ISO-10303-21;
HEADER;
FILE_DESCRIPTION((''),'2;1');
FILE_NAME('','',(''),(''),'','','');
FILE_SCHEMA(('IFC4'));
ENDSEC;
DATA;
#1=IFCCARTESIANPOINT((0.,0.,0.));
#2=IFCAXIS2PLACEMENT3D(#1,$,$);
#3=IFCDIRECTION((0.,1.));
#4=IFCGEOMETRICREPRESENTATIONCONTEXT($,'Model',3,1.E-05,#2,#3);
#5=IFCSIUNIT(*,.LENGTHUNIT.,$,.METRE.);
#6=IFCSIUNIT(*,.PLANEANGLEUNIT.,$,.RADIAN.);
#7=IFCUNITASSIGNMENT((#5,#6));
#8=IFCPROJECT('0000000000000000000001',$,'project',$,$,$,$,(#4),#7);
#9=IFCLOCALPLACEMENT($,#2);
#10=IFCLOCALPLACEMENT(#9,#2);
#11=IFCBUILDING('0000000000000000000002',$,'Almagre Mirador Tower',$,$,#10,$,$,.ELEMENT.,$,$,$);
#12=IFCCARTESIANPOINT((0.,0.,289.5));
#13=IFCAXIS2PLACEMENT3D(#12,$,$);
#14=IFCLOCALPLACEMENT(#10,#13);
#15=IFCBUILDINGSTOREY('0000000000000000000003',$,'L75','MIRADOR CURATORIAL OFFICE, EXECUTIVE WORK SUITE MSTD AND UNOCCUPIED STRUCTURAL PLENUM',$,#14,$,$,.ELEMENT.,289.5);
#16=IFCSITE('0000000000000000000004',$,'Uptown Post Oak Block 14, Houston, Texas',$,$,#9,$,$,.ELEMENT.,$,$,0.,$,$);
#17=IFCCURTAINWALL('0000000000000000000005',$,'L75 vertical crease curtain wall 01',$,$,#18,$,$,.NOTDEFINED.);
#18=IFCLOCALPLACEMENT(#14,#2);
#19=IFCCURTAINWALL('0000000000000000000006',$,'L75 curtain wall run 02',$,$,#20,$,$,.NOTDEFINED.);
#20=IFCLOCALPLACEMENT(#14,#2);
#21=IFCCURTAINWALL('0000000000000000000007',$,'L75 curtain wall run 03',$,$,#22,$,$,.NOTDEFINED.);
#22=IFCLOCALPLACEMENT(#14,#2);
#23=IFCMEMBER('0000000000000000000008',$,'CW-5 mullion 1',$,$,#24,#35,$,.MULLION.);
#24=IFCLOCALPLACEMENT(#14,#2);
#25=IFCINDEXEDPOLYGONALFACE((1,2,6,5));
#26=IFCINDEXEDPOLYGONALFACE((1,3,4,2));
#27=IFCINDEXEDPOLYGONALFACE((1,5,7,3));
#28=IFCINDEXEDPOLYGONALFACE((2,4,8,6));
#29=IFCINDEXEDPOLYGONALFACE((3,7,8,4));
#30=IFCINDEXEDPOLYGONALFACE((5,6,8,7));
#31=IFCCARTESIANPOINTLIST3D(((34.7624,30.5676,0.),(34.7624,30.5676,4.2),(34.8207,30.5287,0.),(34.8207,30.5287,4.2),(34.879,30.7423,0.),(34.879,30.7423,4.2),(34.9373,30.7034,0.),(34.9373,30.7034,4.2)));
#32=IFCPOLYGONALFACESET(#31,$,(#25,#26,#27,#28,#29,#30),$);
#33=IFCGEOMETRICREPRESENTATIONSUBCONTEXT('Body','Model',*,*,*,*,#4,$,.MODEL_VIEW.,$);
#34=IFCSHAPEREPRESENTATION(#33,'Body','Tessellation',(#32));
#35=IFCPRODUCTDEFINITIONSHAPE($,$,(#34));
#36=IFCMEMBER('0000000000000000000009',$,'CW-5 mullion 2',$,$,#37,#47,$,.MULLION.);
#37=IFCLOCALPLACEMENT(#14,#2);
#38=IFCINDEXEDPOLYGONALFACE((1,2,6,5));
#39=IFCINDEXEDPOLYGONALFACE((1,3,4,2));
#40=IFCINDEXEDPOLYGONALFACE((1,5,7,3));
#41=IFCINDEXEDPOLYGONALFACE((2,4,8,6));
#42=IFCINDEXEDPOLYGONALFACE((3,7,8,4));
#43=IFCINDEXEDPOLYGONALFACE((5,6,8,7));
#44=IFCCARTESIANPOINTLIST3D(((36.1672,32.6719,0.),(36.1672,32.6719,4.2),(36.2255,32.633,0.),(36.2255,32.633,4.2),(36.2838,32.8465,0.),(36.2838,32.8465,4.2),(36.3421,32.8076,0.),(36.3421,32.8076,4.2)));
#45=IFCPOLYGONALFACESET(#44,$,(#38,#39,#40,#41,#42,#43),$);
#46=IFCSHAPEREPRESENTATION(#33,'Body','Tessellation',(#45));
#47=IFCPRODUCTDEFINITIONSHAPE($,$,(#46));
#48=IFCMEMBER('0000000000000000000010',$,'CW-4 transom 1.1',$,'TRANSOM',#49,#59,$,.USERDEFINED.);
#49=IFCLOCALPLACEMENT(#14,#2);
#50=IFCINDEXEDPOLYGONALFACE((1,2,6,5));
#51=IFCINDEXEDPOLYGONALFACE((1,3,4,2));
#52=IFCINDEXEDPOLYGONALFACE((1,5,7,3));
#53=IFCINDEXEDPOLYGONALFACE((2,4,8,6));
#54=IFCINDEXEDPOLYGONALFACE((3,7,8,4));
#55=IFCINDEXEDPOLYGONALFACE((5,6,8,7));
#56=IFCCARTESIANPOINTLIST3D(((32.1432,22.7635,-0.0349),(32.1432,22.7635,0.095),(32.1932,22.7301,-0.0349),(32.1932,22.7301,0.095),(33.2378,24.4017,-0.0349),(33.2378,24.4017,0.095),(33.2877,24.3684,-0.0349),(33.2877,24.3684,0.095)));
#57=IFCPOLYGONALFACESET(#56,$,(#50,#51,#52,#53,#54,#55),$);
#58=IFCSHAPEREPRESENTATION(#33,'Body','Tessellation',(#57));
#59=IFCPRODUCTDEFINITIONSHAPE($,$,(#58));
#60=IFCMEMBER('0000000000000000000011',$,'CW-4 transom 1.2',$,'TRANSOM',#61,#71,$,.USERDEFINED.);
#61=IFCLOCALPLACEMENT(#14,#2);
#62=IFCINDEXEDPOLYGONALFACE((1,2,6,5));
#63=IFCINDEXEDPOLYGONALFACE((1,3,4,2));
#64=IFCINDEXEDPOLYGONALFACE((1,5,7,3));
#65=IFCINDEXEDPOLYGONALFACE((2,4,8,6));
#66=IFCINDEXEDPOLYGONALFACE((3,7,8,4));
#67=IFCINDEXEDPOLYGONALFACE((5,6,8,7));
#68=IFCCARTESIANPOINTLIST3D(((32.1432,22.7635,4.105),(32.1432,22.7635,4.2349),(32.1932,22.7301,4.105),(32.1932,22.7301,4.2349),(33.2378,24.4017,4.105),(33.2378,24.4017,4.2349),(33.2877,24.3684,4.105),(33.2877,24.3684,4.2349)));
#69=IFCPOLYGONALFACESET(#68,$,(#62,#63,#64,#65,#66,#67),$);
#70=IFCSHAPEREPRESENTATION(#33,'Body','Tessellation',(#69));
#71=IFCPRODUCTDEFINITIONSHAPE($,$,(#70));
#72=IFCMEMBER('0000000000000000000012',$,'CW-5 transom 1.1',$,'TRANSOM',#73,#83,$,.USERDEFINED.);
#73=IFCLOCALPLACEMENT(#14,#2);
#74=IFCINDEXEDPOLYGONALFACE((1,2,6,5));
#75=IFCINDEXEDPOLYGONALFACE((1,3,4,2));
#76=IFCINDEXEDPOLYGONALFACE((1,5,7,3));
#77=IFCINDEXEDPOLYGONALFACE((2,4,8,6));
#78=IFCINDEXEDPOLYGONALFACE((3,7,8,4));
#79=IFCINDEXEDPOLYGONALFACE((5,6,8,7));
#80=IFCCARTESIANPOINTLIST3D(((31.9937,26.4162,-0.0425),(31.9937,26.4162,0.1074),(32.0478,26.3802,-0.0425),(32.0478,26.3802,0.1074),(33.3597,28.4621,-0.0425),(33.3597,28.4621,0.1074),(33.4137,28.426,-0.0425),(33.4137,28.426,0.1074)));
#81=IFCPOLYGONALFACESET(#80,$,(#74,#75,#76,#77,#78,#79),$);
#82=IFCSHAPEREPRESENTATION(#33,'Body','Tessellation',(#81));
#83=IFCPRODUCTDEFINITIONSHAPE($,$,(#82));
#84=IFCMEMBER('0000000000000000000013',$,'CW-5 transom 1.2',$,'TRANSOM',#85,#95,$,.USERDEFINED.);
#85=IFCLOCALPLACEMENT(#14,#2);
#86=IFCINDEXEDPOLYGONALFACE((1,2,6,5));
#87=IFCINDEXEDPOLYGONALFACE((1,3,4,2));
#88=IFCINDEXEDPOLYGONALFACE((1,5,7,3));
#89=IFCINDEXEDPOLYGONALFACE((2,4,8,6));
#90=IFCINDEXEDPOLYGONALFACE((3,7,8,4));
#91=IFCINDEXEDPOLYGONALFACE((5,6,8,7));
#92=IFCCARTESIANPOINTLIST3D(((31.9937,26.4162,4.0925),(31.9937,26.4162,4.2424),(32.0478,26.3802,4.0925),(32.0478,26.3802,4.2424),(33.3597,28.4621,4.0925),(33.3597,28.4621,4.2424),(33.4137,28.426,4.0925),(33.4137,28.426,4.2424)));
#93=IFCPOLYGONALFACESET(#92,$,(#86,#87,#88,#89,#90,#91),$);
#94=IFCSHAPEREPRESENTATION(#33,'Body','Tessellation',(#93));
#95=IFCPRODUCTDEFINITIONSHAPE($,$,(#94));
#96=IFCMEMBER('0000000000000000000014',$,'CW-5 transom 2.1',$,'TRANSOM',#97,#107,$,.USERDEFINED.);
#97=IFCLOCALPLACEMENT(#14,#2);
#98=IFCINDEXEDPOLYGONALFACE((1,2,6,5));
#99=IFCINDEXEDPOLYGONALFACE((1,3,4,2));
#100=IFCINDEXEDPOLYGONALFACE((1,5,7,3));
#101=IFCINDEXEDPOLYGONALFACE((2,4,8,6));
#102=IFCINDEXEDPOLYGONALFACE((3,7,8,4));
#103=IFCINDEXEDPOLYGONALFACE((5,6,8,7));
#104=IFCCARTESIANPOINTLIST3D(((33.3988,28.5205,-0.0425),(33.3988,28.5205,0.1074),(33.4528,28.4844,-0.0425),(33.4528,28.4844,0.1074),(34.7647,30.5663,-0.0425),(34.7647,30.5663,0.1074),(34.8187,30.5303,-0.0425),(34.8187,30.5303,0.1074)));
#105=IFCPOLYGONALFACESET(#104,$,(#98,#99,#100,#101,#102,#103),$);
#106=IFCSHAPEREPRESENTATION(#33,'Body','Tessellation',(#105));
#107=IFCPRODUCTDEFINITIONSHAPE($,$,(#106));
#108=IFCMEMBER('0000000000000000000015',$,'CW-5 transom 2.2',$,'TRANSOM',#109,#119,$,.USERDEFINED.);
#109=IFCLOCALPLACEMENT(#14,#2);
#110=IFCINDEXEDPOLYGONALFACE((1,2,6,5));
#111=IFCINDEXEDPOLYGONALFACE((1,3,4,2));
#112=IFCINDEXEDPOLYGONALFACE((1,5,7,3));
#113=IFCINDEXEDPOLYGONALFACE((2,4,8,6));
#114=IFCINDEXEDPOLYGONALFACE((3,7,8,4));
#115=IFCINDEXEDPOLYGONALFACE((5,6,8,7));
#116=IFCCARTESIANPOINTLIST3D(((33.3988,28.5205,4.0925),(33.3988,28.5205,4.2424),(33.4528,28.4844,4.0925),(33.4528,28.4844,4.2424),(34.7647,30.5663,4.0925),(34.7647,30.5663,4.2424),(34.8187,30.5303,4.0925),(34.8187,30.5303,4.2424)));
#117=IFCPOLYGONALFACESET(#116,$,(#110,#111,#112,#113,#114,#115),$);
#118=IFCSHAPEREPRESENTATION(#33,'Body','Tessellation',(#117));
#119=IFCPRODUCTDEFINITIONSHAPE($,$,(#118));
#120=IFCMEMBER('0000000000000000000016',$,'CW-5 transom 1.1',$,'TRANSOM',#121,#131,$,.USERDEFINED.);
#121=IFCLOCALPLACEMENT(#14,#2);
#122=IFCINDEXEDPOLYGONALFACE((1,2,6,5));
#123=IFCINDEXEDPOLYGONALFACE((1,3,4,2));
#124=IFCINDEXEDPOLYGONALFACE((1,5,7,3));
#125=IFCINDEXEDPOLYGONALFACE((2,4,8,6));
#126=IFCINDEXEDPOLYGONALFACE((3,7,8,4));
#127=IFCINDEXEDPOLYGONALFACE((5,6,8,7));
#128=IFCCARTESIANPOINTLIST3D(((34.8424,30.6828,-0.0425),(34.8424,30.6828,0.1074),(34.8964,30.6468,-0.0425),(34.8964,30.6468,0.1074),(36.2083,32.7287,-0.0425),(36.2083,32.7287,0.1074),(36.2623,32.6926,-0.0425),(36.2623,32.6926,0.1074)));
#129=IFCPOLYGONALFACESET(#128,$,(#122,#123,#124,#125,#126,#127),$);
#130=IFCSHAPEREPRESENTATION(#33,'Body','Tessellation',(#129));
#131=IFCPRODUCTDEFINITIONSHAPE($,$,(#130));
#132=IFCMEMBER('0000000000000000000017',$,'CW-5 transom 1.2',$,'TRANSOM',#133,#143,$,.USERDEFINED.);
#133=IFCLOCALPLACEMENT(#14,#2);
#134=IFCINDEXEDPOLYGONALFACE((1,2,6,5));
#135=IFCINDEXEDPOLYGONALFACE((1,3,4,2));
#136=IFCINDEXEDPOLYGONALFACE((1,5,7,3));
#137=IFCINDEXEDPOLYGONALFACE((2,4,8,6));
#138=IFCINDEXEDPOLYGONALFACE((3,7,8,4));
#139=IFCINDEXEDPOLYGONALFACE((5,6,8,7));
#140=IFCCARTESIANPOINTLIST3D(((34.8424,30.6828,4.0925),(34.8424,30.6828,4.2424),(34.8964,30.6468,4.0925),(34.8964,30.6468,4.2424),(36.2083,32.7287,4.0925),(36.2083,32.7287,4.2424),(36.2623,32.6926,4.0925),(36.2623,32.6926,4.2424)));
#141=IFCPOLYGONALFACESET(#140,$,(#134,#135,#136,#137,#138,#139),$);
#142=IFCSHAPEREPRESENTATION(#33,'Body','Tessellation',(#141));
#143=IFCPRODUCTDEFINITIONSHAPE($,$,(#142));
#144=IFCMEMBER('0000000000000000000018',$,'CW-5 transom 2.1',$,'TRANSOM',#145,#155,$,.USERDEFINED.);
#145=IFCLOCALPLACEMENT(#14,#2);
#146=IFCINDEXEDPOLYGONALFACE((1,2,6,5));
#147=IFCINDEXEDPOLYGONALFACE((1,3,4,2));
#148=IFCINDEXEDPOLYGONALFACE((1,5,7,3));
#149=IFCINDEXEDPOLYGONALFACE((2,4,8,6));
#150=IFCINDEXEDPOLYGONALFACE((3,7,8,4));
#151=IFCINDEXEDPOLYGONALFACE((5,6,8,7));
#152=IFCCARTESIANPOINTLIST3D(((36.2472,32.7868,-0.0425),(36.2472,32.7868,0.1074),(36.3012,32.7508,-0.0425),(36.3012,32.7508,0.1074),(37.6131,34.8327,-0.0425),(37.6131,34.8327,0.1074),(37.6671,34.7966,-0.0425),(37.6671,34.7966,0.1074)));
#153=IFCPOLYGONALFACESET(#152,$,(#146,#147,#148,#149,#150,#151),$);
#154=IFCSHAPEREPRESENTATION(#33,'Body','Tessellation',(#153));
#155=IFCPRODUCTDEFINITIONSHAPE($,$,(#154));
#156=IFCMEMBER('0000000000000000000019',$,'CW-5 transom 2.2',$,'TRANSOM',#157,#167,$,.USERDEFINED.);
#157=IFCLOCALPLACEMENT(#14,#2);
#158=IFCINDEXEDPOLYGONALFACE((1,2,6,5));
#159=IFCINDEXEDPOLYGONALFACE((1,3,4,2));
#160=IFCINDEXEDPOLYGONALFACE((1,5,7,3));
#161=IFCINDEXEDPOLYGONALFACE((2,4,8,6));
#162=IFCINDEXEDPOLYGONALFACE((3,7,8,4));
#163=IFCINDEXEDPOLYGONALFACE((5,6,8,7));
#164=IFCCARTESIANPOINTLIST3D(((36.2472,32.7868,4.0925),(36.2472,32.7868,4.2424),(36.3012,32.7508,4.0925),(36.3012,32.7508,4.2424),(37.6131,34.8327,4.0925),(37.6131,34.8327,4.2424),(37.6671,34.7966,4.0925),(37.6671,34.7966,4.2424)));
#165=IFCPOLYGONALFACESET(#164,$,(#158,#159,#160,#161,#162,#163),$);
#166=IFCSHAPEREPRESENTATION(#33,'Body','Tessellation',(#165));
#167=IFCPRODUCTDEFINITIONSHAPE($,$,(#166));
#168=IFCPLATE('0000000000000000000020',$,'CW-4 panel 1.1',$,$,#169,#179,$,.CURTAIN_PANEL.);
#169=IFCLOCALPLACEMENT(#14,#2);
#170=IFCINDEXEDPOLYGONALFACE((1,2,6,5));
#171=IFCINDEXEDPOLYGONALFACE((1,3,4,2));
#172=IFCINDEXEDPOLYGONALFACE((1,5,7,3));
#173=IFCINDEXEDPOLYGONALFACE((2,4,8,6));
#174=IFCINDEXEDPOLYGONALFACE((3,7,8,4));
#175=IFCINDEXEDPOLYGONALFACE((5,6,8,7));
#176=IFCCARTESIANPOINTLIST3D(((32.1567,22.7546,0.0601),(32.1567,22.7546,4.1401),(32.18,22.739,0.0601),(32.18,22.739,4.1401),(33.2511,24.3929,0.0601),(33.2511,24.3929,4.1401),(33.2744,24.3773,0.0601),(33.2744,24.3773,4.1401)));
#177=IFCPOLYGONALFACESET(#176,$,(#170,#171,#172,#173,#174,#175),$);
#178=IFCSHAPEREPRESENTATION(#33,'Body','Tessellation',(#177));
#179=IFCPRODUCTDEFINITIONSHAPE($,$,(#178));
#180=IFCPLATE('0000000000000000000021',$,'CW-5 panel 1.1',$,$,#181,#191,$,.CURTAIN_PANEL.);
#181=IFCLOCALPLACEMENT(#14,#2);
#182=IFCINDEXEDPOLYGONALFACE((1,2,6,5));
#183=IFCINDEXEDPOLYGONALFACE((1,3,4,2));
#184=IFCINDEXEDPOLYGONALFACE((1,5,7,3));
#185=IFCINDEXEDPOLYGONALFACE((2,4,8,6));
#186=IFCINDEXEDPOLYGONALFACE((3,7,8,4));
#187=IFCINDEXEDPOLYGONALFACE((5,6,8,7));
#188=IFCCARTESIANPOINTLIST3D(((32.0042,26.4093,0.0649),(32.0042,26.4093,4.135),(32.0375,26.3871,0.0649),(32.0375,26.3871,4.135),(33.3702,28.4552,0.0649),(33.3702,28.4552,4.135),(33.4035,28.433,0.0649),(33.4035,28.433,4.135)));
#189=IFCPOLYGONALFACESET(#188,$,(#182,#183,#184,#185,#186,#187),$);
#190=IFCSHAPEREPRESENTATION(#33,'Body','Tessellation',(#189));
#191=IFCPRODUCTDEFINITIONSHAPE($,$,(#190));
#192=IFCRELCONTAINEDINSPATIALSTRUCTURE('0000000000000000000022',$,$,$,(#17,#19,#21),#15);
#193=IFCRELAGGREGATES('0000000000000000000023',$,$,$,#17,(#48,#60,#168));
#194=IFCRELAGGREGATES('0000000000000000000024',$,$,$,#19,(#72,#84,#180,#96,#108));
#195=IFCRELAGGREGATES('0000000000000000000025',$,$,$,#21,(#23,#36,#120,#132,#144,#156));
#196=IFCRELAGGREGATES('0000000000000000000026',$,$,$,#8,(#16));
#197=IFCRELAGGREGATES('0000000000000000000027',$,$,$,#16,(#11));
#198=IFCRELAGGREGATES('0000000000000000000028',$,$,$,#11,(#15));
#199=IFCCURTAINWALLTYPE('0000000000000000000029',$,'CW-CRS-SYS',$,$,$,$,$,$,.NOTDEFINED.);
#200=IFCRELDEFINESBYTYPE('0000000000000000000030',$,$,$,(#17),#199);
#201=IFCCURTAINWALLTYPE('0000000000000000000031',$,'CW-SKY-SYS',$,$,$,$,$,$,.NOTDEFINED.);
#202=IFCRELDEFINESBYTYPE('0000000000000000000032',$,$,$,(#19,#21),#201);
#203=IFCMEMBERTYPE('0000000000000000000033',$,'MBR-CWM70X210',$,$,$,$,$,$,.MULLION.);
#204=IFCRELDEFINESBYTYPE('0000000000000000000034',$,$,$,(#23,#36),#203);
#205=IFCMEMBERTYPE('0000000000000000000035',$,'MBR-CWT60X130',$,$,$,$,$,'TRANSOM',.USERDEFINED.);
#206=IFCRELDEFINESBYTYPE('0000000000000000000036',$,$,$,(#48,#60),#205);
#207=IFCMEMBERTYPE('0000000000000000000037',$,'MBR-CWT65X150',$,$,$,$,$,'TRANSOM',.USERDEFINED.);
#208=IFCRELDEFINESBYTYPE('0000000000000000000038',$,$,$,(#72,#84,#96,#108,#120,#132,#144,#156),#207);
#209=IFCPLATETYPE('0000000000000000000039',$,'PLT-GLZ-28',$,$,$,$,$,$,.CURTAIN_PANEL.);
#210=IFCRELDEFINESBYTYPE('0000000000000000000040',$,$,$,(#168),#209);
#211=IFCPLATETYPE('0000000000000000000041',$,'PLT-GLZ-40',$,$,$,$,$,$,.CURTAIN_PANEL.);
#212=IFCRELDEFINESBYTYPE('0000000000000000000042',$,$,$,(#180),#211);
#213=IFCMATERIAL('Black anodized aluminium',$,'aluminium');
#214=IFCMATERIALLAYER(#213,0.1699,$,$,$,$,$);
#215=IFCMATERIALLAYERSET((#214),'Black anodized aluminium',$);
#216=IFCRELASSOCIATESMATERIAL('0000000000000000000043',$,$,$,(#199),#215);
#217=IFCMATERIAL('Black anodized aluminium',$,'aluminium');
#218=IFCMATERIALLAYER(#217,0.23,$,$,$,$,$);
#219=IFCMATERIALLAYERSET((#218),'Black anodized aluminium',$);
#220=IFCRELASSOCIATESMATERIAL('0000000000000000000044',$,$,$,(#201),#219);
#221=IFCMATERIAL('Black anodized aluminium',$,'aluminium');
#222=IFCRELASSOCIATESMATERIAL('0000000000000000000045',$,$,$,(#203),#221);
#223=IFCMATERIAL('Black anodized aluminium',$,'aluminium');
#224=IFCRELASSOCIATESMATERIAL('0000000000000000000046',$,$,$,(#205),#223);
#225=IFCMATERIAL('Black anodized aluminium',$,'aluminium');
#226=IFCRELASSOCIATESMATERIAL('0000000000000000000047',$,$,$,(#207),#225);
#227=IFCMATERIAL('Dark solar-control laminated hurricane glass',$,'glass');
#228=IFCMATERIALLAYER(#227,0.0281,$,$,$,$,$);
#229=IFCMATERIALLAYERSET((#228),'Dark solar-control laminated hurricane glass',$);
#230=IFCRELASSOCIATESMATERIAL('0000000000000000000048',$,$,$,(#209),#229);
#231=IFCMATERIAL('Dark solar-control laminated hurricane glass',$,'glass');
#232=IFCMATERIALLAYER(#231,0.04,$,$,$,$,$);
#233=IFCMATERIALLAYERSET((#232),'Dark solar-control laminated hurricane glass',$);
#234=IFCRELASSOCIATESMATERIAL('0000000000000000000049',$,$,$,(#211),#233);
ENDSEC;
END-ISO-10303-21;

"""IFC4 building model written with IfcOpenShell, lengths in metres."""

from ifc_helpers import new_model, si_unit, direction, frame, origin, origin_2d, place, context, subcontext, project, spatial, rectangle, extrude, material, layer, layer_set, material_profile, profile_set, type_object, element, aggregate, save


model = new_model("IFC4")

# Units and contexts
model_context = context("Model", 3, precision=1e-05, world=origin(), true_north=direction((0.0, 1.0)))
body_context = subcontext(model_context, "Body", "Model", "MODEL_VIEW")
ifc_project = project(units=[si_unit("LENGTHUNIT", "METRE"), si_unit("PLANEANGLEUNIT", "RADIAN")], contexts=[model_context])

# Site, building, storey
site_placement = place(None, origin())
site = spatial("IfcSite", under=ifc_project, at=site_placement, Name="Uptown Post Oak Block 14, Houston, Texas", CompositionType="ELEMENT", RefElevation=0.0)
building_placement = place(site_placement, origin())
building = spatial("IfcBuilding", under=site, at=building_placement, Name="Almagre Mirador Tower", CompositionType="ELEMENT")
storey_placement = place(building_placement, frame((0.0, 0.0, 289.5)))
storey = spatial("IfcBuildingStorey", under=building, at=storey_placement, Name="L75", Description="MIRADOR CURATORIAL OFFICE, EXECUTIVE WORK SUITE MSTD AND UNOCCUPIED STRUCTURAL PLENUM", CompositionType="ELEMENT", Elevation=289.5)

# Curtain walls, members
ifc_material_1 = material(Name="Black anodized aluminium", Category="aluminium")
ifc_layer_1 = layer(ifc_material_1, 0.1699)
ifc_layer_set_1 = layer_set([ifc_layer_1], Name="Black anodized aluminium")
curtain_wall_type_1 = type_object("IfcCurtainWallType", Name="CW-CRS-SYS", PredefinedType="NOTDEFINED", material=ifc_layer_set_1)
curtain_wall_1_placement = place(storey_placement, origin())
curtain_wall_1 = element("IfcCurtainWall", 1, at=curtain_wall_1_placement, inside=storey, type_object=curtain_wall_type_1, Name="L75 vertical crease curtain wall 01", PredefinedType="NOTDEFINED")
ifc_material_2 = material(Name="Black anodized aluminium", Category="aluminium")
ifc_layer_2 = layer(ifc_material_2, 0.23)
ifc_layer_set_2 = layer_set([ifc_layer_2], Name="Black anodized aluminium")
curtain_wall_type_2 = type_object("IfcCurtainWallType", Name="CW-SKY-SYS", PredefinedType="NOTDEFINED", material=ifc_layer_set_2)
curtain_wall_2_placement = place(storey_placement, origin())
curtain_wall_2 = element("IfcCurtainWall", 2, at=curtain_wall_2_placement, inside=storey, type_object=curtain_wall_type_2, Name="L75 curtain wall run 02", PredefinedType="NOTDEFINED")
ifc_material_3 = material(Name="Black anodized aluminium", Category="aluminium")
ifc_material_profile_1 = material_profile(ifc_material_3, rectangle(XDim=0.0701, YDim=0.21, at=origin_2d()), Name="CWM70X210")
ifc_profile_set_1 = profile_set([ifc_material_profile_1], Name="Black anodized aluminium")
member_type_1 = type_object("IfcMemberType", Name="MBR-CWM70X210", PredefinedType="MULLION", material=ifc_profile_set_1)
curtain_wall_3_placement = place(storey_placement, origin())
curtain_wall_3 = element("IfcCurtainWall", 3, at=curtain_wall_3_placement, inside=storey, type_object=curtain_wall_type_2, Name="L75 curtain wall run 03", PredefinedType="NOTDEFINED")
member_1_placement = place(storey_placement, frame((34.8499, 30.6355, 0.0), z_axis=(0.0, 0.0, 1.0), x_axis=(-0.831675, 0.555262, 0.0)))
member_1 = element("IfcMember", 4, at=member_1_placement, type_object=member_type_1, Name="CW-5 mullion 1", PredefinedType="MULLION", context=body_context, shape_type="SweptSolid", body=[
    extrude(rectangle(XDim=0.0701, YDim=0.21, at=origin_2d()), origin(), (0.0, 0.0, 1.0), 4.2),
])
member_2_placement = place(storey_placement, frame((36.2546, 32.7397, 0.0), z_axis=(0.0, 0.0, 1.0), x_axis=(-0.831675, 0.555262, 0.0)))
member_2 = element("IfcMember", 5, at=member_2_placement, type_object=member_type_1, Name="CW-5 mullion 2", PredefinedType="MULLION", context=body_context, shape_type="SweptSolid", body=[
    extrude(rectangle(XDim=0.0701, YDim=0.21, at=origin_2d()), origin(), (0.0, 0.0, 1.0), 4.2),
])

# Members
ifc_material_4 = material(Name="Black anodized aluminium", Category="aluminium")
ifc_material_profile_2 = material_profile(ifc_material_4, rectangle(XDim=0.0601, YDim=0.1299, at=origin_2d()), Name="CWT60X130")
ifc_profile_set_2 = profile_set([ifc_material_profile_2], Name="Black anodized aluminium")
member_type_2 = type_object("IfcMemberType", Name="MBR-CWT60X130", ElementType="TRANSOM", PredefinedType="USERDEFINED", material=ifc_profile_set_2)
member_3_placement = place(storey_placement, frame((32.1682, 22.7468, 0.03), z_axis=(0.555529, 0.831497, 0.0), x_axis=(-0.831497, 0.555529, 0.0)))
member_3 = element("IfcMember", 6, at=member_3_placement, type_object=member_type_2, Name="CW-4 transom 1.1", ObjectType="TRANSOM", PredefinedType="USERDEFINED", context=body_context, shape_type="SweptSolid", body=[
    extrude(rectangle(XDim=0.0601, YDim=0.1299, at=origin_2d()), origin(), (0.0, 0.0, 1.0), 1.9702),
])
member_4_placement = place(storey_placement, frame((32.1682, 22.7468, 4.1699), z_axis=(0.555529, 0.831497, 0.0), x_axis=(-0.831497, 0.555529, 0.0)))
member_4 = element("IfcMember", 7, at=member_4_placement, type_object=member_type_2, Name="CW-4 transom 1.2", ObjectType="TRANSOM", PredefinedType="USERDEFINED", context=body_context, shape_type="SweptSolid", body=[
    extrude(rectangle(XDim=0.0601, YDim=0.1299, at=origin_2d()), origin(), (0.0, 0.0, 1.0), 1.9702),
])
ifc_material_5 = material(Name="Black anodized aluminium", Category="aluminium")
ifc_material_profile_3 = material_profile(ifc_material_5, rectangle(XDim=0.0649, YDim=0.1499, at=origin_2d()), Name="CWT65X150")
ifc_profile_set_3 = profile_set([ifc_material_profile_3], Name="Black anodized aluminium")
member_type_3 = type_object("IfcMemberType", Name="MBR-CWT65X150", ElementType="TRANSOM", PredefinedType="USERDEFINED", material=ifc_profile_set_3)
member_5_placement = place(storey_placement, frame((32.0208, 26.3982, 0.0325), z_axis=(0.555273, 0.831668, 0.0), x_axis=(-0.831668, 0.555273, 0.0)))
member_5 = element("IfcMember", 8, at=member_5_placement, type_object=member_type_3, Name="CW-5 transom 1.1", ObjectType="TRANSOM", PredefinedType="USERDEFINED", context=body_context, shape_type="SweptSolid", body=[
    extrude(rectangle(XDim=0.0649, YDim=0.1499, at=origin_2d()), origin(), (0.0, 0.0, 1.0), 2.46),
])
member_6_placement = place(storey_placement, frame((32.0208, 26.3982, 4.1675), z_axis=(0.555273, 0.831668, 0.0), x_axis=(-0.831668, 0.555273, 0.0)))
member_6 = element("IfcMember", 9, at=member_6_placement, type_object=member_type_3, Name="CW-5 transom 1.2", ObjectType="TRANSOM", PredefinedType="USERDEFINED", context=body_context, shape_type="SweptSolid", body=[
    extrude(rectangle(XDim=0.0649, YDim=0.1499, at=origin_2d()), origin(), (0.0, 0.0, 1.0), 2.46),
])
member_7_placement = place(storey_placement, frame((33.4258, 28.5024, 0.0325), z_axis=(0.555273, 0.831668, 0.0), x_axis=(-0.831668, 0.555273, 0.0)))
member_7 = element("IfcMember", 10, at=member_7_placement, type_object=member_type_3, Name="CW-5 transom 2.1", ObjectType="TRANSOM", PredefinedType="USERDEFINED", context=body_context, shape_type="SweptSolid", body=[
    extrude(rectangle(XDim=0.0649, YDim=0.1499, at=origin_2d()), origin(), (0.0, 0.0, 1.0), 2.46),
])
member_8_placement = place(storey_placement, frame((33.4258, 28.5024, 4.1675), z_axis=(0.555273, 0.831668, 0.0), x_axis=(-0.831668, 0.555273, 0.0)))
member_8 = element("IfcMember", 11, at=member_8_placement, type_object=member_type_3, Name="CW-5 transom 2.2", ObjectType="TRANSOM", PredefinedType="USERDEFINED", context=body_context, shape_type="SweptSolid", body=[
    extrude(rectangle(XDim=0.0649, YDim=0.1499, at=origin_2d()), origin(), (0.0, 0.0, 1.0), 2.46),
])
member_9_placement = place(storey_placement, frame((34.8694, 30.6648, 0.0325), z_axis=(0.555273, 0.831668, 0.0), x_axis=(-0.831668, 0.555273, 0.0)))
member_9 = element("IfcMember", 12, at=member_9_placement, type_object=member_type_3, Name="CW-5 transom 1.1", ObjectType="TRANSOM", PredefinedType="USERDEFINED", context=body_context, shape_type="SweptSolid", body=[
    extrude(rectangle(XDim=0.0649, YDim=0.1499, at=origin_2d()), origin(), (0.0, 0.0, 1.0), 2.46),
])
member_10_placement = place(storey_placement, frame((34.8694, 30.6648, 4.1675), z_axis=(0.555273, 0.831668, 0.0), x_axis=(-0.831668, 0.555273, 0.0)))
member_10 = element("IfcMember", 13, at=member_10_placement, type_object=member_type_3, Name="CW-5 transom 1.2", ObjectType="TRANSOM", PredefinedType="USERDEFINED", context=body_context, shape_type="SweptSolid", body=[
    extrude(rectangle(XDim=0.0649, YDim=0.1499, at=origin_2d()), origin(), (0.0, 0.0, 1.0), 2.46),
])
member_11_placement = place(storey_placement, frame((36.2742, 32.7688, 0.0325), z_axis=(0.555273, 0.831668, 0.0), x_axis=(-0.831668, 0.555273, 0.0)))
member_11 = element("IfcMember", 14, at=member_11_placement, type_object=member_type_3, Name="CW-5 transom 2.1", ObjectType="TRANSOM", PredefinedType="USERDEFINED", context=body_context, shape_type="SweptSolid", body=[
    extrude(rectangle(XDim=0.0649, YDim=0.1499, at=origin_2d()), origin(), (0.0, 0.0, 1.0), 2.46),
])
member_12_placement = place(storey_placement, frame((36.2742, 32.7688, 4.1675), z_axis=(0.555273, 0.831668, 0.0), x_axis=(-0.831668, 0.555273, 0.0)))
member_12 = element("IfcMember", 15, at=member_12_placement, type_object=member_type_3, Name="CW-5 transom 2.2", ObjectType="TRANSOM", PredefinedType="USERDEFINED", context=body_context, shape_type="SweptSolid", body=[
    extrude(rectangle(XDim=0.0649, YDim=0.1499, at=origin_2d()), origin(), (0.0, 0.0, 1.0), 2.46),
])

# Plates
ifc_material_6 = material(Name="Dark solar-control laminated hurricane glass", Category="glass")
ifc_layer_3 = layer(ifc_material_6, 0.0281)
ifc_layer_set_3 = layer_set([ifc_layer_3], Name="Dark solar-control laminated hurricane glass")
plate_type_1 = type_object("IfcPlateType", Name="PLT-GLZ-28", PredefinedType="CURTAIN_PANEL", material=ifc_layer_set_3)
plate_1_placement = place(storey_placement, frame((32.7156, 23.5659, 0.0601), z_axis=(0.0, 0.0, 1.0), x_axis=(0.555473, 0.831535, 0.0)))
plate_1 = element("IfcPlate", 16, at=plate_1_placement, type_object=plate_type_1, Name="CW-4 panel 1.1", PredefinedType="CURTAIN_PANEL", context=body_context, shape_type="SweptSolid", body=[
    extrude(rectangle(XDim=1.9702, YDim=0.0281, at=origin_2d()), origin(), (0.0, 0.0, 1.0), 4.0801),
])
aggregate(curtain_wall_1, [member_3, member_4, plate_1])
ifc_material_7 = material(Name="Dark solar-control laminated hurricane glass", Category="glass")
ifc_layer_4 = layer(ifc_material_7, 0.04)
ifc_layer_set_4 = layer_set([ifc_layer_4], Name="Dark solar-control laminated hurricane glass")
plate_type_2 = type_object("IfcPlateType", Name="PLT-GLZ-40", PredefinedType="CURTAIN_PANEL", material=ifc_layer_set_4)
plate_2_placement = place(storey_placement, frame((32.7039, 27.4211, 0.0649), z_axis=(0.0, 0.0, 1.0), x_axis=(0.555262, 0.831675, 0.0)))
plate_2 = element("IfcPlate", 17, at=plate_2_placement, type_object=plate_type_2, Name="CW-5 panel 1.1", PredefinedType="CURTAIN_PANEL", context=body_context, shape_type="SweptSolid", body=[
    extrude(rectangle(XDim=2.46, YDim=0.04, at=origin_2d()), origin(), (0.0, 0.0, 1.0), 4.0701),
])
aggregate(curtain_wall_2, [member_5, member_6, plate_2, member_7, member_8])
aggregate(curtain_wall_3, [member_1, member_2, member_9, member_10, member_11, member_12])

save(model, "model.ifc")
